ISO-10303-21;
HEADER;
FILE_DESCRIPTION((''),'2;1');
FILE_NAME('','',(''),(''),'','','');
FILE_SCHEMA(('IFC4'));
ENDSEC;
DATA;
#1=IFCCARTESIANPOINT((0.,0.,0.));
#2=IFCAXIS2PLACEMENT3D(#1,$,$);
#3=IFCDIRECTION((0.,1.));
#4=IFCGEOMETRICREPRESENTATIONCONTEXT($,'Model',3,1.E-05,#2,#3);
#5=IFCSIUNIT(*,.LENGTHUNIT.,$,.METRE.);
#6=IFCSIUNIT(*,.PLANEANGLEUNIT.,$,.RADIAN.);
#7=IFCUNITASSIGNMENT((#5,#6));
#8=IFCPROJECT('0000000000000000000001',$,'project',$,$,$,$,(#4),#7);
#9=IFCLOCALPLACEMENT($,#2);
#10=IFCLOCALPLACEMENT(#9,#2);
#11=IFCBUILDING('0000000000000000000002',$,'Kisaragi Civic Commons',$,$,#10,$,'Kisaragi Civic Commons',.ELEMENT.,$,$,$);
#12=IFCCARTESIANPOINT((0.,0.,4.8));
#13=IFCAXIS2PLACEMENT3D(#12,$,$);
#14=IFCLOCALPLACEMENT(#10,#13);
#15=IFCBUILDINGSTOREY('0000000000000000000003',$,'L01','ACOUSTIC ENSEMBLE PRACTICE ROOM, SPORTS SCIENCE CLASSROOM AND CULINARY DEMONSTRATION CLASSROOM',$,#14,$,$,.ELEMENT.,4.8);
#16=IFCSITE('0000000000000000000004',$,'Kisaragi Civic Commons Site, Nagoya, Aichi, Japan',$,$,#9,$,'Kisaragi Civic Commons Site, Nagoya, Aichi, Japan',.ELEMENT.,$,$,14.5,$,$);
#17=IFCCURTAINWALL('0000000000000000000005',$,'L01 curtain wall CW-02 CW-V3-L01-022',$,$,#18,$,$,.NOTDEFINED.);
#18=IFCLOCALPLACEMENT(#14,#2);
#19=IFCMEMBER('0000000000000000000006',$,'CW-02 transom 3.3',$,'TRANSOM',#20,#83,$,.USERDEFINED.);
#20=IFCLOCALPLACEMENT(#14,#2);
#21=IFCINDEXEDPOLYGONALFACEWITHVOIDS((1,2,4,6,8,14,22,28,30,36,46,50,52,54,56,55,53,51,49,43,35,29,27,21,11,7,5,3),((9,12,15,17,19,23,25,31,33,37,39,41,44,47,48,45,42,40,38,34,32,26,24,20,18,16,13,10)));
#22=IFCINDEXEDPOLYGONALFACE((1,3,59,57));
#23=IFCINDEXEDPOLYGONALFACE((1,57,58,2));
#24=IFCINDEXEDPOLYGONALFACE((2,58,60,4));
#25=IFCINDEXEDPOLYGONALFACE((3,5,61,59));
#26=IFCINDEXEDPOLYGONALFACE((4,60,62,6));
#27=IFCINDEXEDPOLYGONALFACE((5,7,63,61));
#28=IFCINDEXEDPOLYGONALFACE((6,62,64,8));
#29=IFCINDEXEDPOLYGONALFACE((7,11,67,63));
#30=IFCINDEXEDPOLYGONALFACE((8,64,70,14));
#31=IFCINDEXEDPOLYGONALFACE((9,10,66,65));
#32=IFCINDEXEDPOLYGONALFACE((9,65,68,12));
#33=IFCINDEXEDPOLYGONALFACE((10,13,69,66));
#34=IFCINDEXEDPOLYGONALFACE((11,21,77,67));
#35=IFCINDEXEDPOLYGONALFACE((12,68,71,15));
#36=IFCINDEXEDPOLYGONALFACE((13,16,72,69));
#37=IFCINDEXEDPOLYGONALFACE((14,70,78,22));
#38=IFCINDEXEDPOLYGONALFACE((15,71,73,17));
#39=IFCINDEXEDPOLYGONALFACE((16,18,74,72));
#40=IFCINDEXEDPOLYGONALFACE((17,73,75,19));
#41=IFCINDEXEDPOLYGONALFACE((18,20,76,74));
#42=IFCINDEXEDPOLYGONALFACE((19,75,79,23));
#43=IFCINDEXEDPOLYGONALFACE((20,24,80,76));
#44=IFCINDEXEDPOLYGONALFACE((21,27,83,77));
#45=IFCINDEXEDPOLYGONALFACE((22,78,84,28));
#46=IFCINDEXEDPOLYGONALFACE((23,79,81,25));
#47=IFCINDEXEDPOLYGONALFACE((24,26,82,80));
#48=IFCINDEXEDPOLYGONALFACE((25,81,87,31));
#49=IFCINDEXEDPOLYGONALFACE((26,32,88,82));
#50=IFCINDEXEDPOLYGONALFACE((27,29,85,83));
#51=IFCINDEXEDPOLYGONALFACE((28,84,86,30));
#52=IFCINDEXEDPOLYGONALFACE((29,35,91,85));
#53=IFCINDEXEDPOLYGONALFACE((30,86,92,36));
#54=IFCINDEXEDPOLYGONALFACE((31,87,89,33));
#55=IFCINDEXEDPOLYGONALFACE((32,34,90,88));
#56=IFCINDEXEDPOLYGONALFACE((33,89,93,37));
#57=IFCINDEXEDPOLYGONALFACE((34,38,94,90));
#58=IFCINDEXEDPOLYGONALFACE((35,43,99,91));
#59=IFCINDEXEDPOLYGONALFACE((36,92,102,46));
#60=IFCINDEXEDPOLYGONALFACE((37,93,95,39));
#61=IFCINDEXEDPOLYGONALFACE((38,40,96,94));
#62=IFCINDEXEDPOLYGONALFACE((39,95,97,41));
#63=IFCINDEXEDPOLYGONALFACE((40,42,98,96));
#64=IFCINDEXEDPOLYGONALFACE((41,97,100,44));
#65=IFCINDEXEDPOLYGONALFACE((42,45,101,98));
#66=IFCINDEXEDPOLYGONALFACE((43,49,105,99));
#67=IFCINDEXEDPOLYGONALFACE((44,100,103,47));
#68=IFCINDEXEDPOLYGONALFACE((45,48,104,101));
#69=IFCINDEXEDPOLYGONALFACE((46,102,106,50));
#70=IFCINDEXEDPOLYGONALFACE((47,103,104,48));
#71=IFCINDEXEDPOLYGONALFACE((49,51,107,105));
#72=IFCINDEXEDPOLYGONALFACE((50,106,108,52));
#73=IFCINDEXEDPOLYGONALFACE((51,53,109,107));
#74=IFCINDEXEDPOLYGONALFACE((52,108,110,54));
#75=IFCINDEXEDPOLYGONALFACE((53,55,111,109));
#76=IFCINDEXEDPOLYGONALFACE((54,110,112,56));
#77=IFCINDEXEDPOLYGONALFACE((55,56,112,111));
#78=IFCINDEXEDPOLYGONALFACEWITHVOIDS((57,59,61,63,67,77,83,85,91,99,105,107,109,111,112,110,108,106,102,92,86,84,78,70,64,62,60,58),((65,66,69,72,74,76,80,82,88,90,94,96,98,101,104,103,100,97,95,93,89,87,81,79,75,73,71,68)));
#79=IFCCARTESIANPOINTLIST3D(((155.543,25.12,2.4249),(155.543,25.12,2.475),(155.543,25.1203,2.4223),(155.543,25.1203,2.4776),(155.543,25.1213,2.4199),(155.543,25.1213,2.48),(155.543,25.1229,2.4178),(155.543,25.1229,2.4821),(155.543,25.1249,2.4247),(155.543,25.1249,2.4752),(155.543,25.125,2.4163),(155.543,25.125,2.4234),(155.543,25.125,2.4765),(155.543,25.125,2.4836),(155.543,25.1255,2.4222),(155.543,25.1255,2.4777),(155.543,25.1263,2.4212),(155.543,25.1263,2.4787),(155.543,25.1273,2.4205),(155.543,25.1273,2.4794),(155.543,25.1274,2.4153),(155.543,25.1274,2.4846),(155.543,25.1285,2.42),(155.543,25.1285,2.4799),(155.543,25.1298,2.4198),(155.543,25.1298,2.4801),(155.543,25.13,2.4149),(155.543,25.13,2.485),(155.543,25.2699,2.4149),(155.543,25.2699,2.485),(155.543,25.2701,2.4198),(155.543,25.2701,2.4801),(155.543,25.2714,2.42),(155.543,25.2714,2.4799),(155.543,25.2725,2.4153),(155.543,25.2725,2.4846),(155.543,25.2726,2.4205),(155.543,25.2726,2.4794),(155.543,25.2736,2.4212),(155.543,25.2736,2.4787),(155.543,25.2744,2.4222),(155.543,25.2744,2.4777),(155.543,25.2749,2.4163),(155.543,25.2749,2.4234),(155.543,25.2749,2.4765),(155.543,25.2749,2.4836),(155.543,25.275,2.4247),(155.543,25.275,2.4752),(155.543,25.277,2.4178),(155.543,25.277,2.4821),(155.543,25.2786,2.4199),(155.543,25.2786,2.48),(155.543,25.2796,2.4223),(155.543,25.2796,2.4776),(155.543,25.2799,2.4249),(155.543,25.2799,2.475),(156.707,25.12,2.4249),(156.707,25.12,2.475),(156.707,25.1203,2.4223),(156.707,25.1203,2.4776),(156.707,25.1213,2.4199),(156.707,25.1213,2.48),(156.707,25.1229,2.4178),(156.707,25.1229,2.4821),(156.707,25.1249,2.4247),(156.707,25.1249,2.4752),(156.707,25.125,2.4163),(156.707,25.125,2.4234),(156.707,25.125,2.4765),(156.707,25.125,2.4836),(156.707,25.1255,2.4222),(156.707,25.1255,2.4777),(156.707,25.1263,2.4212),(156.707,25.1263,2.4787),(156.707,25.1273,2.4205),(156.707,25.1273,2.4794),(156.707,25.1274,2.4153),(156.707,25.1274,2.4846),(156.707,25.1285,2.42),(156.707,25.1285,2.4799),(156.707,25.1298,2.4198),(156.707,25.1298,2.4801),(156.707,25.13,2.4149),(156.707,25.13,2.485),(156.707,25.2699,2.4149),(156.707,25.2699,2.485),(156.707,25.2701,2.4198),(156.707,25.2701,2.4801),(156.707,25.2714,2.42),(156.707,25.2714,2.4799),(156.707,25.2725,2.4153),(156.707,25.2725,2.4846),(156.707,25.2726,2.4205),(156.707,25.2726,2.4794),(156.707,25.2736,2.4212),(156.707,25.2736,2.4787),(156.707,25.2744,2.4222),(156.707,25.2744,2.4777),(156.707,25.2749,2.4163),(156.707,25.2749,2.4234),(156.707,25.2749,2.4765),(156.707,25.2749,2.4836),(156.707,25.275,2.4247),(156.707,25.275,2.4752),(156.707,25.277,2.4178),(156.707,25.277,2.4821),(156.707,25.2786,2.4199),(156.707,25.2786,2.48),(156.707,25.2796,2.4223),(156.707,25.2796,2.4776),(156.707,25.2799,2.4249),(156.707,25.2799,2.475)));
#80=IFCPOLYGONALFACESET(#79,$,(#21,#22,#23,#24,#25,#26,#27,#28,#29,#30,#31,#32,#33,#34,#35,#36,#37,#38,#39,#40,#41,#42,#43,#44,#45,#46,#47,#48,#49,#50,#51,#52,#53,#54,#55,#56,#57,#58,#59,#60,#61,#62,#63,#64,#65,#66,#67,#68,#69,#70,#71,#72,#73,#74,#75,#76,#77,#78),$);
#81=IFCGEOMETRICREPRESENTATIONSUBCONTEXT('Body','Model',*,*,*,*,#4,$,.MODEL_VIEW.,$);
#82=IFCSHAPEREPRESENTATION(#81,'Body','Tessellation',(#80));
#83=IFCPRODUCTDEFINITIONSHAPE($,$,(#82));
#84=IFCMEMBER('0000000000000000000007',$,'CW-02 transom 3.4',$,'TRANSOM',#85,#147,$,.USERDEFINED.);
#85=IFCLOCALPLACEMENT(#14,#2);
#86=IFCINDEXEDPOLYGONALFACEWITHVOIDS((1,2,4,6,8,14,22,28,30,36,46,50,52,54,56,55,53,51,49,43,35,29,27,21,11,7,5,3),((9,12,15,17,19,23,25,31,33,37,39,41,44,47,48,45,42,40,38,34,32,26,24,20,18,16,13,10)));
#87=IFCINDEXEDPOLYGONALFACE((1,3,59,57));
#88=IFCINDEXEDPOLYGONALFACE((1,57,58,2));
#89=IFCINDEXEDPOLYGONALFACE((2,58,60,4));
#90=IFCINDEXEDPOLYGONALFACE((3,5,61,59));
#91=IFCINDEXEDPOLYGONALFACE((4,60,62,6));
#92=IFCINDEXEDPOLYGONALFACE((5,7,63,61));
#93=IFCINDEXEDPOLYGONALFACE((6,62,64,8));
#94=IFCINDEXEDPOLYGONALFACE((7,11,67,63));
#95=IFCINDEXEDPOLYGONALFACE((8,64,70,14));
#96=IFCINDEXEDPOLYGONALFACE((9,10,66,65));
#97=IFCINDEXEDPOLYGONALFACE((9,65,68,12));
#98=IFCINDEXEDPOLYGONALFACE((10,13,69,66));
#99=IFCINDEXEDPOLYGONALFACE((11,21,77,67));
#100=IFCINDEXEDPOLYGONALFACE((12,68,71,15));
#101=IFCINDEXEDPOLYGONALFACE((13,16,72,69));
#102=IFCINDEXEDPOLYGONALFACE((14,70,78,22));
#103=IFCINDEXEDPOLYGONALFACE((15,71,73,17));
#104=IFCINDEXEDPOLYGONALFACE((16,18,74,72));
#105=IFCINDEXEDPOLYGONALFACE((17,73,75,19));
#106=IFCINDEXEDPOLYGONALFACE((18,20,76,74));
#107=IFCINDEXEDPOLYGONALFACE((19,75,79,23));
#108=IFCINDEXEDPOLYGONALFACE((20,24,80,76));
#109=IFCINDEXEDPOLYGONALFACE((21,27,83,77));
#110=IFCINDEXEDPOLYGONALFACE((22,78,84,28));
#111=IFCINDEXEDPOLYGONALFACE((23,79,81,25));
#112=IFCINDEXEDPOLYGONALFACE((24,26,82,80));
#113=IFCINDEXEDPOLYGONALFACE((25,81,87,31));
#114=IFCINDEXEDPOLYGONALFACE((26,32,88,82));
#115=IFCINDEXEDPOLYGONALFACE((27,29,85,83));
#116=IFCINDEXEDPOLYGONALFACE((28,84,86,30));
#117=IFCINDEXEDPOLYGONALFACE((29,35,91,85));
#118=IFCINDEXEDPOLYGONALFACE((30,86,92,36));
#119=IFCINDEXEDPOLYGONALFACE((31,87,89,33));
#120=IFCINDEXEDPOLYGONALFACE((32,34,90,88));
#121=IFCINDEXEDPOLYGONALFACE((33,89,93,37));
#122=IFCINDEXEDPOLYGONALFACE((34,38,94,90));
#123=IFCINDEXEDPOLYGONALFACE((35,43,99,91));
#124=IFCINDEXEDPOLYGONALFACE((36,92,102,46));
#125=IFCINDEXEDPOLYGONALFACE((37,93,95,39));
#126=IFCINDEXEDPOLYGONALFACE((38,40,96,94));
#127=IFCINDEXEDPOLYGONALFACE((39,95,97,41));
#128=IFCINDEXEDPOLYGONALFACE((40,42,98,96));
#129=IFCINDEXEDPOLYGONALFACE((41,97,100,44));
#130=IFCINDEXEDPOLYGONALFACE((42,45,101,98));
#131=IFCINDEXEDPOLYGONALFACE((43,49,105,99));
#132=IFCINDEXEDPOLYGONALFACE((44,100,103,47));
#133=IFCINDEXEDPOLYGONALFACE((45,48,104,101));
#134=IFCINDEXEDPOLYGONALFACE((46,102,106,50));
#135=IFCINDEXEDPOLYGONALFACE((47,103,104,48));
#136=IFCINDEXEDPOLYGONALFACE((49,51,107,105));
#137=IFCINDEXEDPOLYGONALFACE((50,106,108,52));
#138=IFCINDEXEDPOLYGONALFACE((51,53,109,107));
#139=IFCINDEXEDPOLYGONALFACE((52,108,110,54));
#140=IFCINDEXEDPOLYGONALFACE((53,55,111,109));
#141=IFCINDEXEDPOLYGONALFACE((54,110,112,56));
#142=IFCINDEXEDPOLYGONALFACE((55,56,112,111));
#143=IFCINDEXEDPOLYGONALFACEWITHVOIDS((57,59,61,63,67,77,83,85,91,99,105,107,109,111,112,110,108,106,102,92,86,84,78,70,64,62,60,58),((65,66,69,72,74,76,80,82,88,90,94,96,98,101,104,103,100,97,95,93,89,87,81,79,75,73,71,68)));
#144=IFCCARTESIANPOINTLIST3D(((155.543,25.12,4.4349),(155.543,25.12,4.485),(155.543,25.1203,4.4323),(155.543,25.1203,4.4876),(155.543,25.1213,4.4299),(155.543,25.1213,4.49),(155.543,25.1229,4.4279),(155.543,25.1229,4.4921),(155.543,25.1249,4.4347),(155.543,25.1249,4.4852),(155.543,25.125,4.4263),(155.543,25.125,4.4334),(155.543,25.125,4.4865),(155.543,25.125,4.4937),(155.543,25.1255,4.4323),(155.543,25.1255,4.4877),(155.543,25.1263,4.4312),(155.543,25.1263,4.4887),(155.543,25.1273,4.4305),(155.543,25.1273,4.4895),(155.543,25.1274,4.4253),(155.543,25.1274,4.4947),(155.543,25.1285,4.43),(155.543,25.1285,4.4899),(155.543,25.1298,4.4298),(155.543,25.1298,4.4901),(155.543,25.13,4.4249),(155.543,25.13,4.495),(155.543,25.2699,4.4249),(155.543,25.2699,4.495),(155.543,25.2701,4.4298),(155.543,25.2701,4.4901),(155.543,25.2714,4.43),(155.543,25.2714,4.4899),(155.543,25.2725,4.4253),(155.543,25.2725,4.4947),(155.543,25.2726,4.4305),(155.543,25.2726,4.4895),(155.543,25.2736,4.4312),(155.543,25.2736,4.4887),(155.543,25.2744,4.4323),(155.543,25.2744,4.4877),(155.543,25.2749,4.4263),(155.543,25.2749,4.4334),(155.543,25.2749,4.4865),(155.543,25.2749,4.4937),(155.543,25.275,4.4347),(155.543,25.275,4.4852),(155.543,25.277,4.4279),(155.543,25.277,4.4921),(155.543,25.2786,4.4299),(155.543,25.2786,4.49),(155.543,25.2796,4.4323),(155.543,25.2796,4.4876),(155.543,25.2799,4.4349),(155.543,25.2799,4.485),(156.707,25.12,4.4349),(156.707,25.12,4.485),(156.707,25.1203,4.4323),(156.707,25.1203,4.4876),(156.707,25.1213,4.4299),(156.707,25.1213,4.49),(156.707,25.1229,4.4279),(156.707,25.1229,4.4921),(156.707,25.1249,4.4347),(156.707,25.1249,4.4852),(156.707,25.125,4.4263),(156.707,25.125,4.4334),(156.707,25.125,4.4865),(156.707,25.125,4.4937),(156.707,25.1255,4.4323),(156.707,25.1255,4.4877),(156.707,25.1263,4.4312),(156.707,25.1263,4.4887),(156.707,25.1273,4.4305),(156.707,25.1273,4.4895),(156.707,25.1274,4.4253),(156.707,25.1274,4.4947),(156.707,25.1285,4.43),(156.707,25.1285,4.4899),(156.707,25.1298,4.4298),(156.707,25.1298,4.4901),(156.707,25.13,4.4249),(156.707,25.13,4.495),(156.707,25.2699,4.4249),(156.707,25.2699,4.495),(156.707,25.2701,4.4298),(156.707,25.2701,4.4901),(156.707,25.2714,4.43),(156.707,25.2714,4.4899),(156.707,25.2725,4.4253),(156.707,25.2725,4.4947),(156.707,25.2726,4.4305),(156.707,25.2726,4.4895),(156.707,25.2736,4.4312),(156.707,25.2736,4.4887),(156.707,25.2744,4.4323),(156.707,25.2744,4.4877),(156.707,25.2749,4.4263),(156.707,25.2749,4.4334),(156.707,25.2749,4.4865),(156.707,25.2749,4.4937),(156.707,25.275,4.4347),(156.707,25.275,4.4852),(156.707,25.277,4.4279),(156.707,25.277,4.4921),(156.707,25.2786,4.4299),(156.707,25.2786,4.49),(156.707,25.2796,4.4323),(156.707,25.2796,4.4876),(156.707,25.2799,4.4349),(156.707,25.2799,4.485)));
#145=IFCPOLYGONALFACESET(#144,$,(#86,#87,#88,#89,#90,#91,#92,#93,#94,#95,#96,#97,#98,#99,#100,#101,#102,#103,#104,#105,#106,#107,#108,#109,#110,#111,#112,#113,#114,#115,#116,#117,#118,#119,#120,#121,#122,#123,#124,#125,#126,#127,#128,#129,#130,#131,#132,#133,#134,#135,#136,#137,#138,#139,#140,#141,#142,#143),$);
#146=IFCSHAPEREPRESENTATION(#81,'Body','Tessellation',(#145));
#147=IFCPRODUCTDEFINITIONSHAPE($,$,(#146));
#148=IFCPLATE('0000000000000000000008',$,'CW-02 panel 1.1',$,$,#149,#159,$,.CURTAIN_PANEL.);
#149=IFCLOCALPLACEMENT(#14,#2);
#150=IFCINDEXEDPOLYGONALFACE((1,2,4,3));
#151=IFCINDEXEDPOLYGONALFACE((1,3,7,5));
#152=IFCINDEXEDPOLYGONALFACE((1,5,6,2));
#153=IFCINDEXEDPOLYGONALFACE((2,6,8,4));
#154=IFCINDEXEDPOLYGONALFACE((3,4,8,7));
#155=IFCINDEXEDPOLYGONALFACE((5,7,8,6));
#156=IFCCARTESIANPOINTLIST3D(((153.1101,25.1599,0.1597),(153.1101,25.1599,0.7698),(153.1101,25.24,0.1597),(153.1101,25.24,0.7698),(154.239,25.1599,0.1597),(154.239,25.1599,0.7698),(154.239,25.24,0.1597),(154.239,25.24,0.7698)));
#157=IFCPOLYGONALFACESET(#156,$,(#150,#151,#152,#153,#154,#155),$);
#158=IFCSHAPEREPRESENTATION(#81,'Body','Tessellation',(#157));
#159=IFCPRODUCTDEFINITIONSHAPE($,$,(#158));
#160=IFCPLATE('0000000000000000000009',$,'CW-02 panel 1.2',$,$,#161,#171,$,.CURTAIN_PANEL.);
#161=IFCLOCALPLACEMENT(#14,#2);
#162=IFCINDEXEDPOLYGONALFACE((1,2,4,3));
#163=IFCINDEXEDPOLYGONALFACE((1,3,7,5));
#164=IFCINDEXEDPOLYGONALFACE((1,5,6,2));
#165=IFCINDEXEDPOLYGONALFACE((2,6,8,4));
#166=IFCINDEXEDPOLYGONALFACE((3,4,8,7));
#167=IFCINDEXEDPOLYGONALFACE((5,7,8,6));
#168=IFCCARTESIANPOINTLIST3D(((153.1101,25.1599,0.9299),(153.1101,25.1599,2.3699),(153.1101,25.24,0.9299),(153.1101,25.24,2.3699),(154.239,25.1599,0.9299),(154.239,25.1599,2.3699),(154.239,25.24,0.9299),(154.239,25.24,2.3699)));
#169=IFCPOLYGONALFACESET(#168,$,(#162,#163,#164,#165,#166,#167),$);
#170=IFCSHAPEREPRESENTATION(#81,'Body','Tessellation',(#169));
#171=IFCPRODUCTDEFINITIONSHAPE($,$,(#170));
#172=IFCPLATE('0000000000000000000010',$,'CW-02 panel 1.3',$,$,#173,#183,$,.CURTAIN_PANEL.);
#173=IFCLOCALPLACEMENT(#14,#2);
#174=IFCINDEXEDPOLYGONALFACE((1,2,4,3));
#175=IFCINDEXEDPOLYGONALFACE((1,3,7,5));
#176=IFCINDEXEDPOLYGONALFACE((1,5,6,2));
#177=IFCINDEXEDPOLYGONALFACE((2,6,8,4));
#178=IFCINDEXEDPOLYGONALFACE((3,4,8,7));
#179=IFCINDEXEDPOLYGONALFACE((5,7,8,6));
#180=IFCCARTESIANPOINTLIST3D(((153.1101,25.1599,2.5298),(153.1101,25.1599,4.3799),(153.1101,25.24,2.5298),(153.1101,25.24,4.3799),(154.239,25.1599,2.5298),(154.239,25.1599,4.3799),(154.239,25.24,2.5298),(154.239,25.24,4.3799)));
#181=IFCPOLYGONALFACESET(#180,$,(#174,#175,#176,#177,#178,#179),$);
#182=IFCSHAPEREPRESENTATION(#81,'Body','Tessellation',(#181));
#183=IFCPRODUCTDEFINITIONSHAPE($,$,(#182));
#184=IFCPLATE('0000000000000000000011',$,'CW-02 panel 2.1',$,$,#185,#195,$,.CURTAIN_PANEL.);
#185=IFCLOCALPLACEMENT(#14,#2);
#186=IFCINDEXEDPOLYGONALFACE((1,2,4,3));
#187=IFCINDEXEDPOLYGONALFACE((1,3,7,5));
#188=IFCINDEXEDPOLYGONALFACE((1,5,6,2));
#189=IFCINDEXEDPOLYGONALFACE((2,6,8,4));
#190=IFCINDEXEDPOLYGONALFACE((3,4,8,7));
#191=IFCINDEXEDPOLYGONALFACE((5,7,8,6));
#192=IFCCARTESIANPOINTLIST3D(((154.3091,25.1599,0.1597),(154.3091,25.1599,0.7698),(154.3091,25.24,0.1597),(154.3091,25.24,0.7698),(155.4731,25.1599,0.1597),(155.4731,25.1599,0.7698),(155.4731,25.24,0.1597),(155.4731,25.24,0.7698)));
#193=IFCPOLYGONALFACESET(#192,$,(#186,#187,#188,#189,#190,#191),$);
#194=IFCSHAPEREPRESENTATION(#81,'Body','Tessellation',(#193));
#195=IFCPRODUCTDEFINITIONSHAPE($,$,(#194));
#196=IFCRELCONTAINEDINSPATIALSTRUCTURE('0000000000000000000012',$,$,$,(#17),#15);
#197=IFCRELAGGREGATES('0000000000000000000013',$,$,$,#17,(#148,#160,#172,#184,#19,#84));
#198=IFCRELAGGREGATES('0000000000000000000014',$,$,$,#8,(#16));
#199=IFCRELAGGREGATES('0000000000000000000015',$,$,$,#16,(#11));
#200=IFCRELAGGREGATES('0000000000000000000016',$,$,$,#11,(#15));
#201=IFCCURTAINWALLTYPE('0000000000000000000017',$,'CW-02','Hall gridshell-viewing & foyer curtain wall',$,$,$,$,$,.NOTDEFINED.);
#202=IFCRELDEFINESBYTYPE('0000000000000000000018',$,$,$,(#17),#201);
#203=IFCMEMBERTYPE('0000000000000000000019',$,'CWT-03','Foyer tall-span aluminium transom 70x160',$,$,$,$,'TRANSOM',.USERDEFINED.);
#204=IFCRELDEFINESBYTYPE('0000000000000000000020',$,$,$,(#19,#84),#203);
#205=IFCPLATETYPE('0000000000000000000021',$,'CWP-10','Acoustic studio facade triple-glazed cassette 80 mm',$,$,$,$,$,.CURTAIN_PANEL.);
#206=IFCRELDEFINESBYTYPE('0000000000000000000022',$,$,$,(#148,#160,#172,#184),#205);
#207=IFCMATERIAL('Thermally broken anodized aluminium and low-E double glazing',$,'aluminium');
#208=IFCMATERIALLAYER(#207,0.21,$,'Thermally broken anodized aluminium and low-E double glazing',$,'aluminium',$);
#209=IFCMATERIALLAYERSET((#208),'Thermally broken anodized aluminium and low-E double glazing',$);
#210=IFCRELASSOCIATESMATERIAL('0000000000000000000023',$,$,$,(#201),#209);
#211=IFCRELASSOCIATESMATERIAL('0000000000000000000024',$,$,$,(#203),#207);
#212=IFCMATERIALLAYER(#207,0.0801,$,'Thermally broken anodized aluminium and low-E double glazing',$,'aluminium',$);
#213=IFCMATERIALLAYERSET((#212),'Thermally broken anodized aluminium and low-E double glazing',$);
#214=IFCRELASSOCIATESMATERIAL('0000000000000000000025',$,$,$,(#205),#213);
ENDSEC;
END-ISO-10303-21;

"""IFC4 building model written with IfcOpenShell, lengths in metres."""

from ifc_helpers import new_model, si_unit, direction, frame, origin, origin_2d, place, context, subcontext, project, spatial, rectangle, hollow_rectangle, extrude, material, layer, layer_set, material_profile, profile_set, type_object, element, aggregate, save


model = new_model("IFC4")

# Units and contexts
model_context = context("Model", 3, precision=1e-05, world=origin(), true_north=direction((0.0, 1.0)))
body_context = subcontext(model_context, "Body", "Model", "MODEL_VIEW")
ifc_project = project(units=[si_unit("LENGTHUNIT", "METRE"), si_unit("PLANEANGLEUNIT", "RADIAN")], contexts=[model_context])

# Site, building, storey
site_placement = place(None, origin())
site = spatial("IfcSite", under=ifc_project, at=site_placement, Name="Kisaragi Civic Commons Site, Nagoya, Aichi, Japan", LongName="Kisaragi Civic Commons Site, Nagoya, Aichi, Japan", CompositionType="ELEMENT", RefElevation=14.5)
building_placement = place(site_placement, origin())
building = spatial("IfcBuilding", under=site, at=building_placement, Name="Kisaragi Civic Commons", LongName="Kisaragi Civic Commons", CompositionType="ELEMENT")
storey_placement = place(building_placement, frame((0.0, 0.0, 4.8)))
storey = spatial("IfcBuildingStorey", under=building, at=storey_placement, Name="L01", Description="ACOUSTIC ENSEMBLE PRACTICE ROOM, SPORTS SCIENCE CLASSROOM AND CULINARY DEMONSTRATION CLASSROOM", CompositionType="ELEMENT", Elevation=4.8)

# Curtain wall, members, plates
ifc_material = material(Name="Thermally broken anodized aluminium and low-E double glazing", Category="aluminium")
ifc_layer_1 = layer(ifc_material, 0.21, Name="Thermally broken anodized aluminium and low-E double glazing", Category="aluminium")
ifc_layer_set_1 = layer_set([ifc_layer_1], Name="Thermally broken anodized aluminium and low-E double glazing")
curtain_wall_type = type_object("IfcCurtainWallType", Name="CW-02", Description="Hall gridshell-viewing & foyer curtain wall", PredefinedType="NOTDEFINED", material=ifc_layer_set_1)
curtain_wall_placement = place(storey_placement, origin())
curtain_wall = element("IfcCurtainWall", 1, at=curtain_wall_placement, inside=storey, type_object=curtain_wall_type, Name="L01 curtain wall CW-02 CW-V3-L01-022", PredefinedType="NOTDEFINED")
ifc_material_profile_1 = material_profile(ifc_material, hollow_rectangle(XDim=0.1599, YDim=0.0701, WallThickness=0.0049, InnerFilletRadius=0.0049, OuterFilletRadius=0.01, at=origin_2d()), Name="CWT-70x160x5", Category="aluminium")
ifc_profile_set_1 = profile_set([ifc_material_profile_1], Name="Thermally broken anodized aluminium and low-E double glazing")
member_type_1 = type_object("IfcMemberType", Name="CWT-03", Description="Foyer tall-span aluminium transom 70x160", ElementType="TRANSOM", PredefinedType="USERDEFINED", material=ifc_profile_set_1)
member_1_placement = place(storey_placement, frame((155.543, 25.2, 2.45), z_axis=(1.0, 0.0, 0.0), x_axis=(0.0, 1.0, 0.0)))
member_1 = element("IfcMember", 2, at=member_1_placement, type_object=member_type_1, Name="CW-02 transom 3.3", ObjectType="TRANSOM", PredefinedType="USERDEFINED", context=body_context, shape_type="SweptSolid", body=[
    extrude(hollow_rectangle(XDim=0.1599, YDim=0.0701, WallThickness=0.0049, InnerFilletRadius=0.0049, OuterFilletRadius=0.01, at=origin_2d()), origin(), (0.0, 0.0, 1.0), 1.1641),
])
member_2_placement = place(storey_placement, frame((155.543, 25.2, 4.46), z_axis=(1.0, 0.0, 0.0), x_axis=(0.0, 1.0, 0.0)))
member_2 = element("IfcMember", 3, at=member_2_placement, type_object=member_type_1, Name="CW-02 transom 3.4", ObjectType="TRANSOM", PredefinedType="USERDEFINED", context=body_context, shape_type="SweptSolid", body=[
    extrude(hollow_rectangle(XDim=0.1599, YDim=0.0701, WallThickness=0.0049, InnerFilletRadius=0.0049, OuterFilletRadius=0.01, at=origin_2d()), origin(), (0.0, 0.0, 1.0), 1.1641),
])
ifc_layer_2 = layer(ifc_material, 0.0801, Name="Thermally broken anodized aluminium and low-E double glazing", Category="aluminium")
ifc_layer_set_2 = layer_set([ifc_layer_2], Name="Thermally broken anodized aluminium and low-E double glazing")
plate_type = type_object("IfcPlateType", Name="CWP-10", Description="Acoustic studio facade triple-glazed cassette 80 mm", PredefinedType="CURTAIN_PANEL", material=ifc_layer_set_2)
plate_1_placement = place(storey_placement, frame((153.6746, 25.2, 0.1597), z_axis=(0.0, 0.0, 1.0), x_axis=(1.0, 0.0, 0.0)))
plate_1 = element("IfcPlate", 4, at=plate_1_placement, type_object=plate_type, Name="CW-02 panel 1.1", PredefinedType="CURTAIN_PANEL", context=body_context, shape_type="SweptSolid", body=[
    extrude(rectangle(XDim=1.1289, YDim=0.0801, at=origin_2d()), origin(), (0.0, 0.0, 1.0), 0.6101),
])
plate_2_placement = place(storey_placement, frame((153.6746, 25.2, 0.9299), z_axis=(0.0, 0.0, 1.0), x_axis=(1.0, 0.0, 0.0)))
plate_2 = element("IfcPlate", 5, at=plate_2_placement, type_object=plate_type, Name="CW-02 panel 1.2", PredefinedType="CURTAIN_PANEL", context=body_context, shape_type="SweptSolid", body=[
    extrude(rectangle(XDim=1.1289, YDim=0.0801, at=origin_2d()), origin(), (0.0, 0.0, 1.0), 1.4399),
])
plate_3_placement = place(storey_placement, frame((153.6746, 25.2, 2.5298), z_axis=(0.0, 0.0, 1.0), x_axis=(1.0, 0.0, 0.0)))
plate_3 = element("IfcPlate", 6, at=plate_3_placement, type_object=plate_type, Name="CW-02 panel 1.3", PredefinedType="CURTAIN_PANEL", context=body_context, shape_type="SweptSolid", body=[
    extrude(rectangle(XDim=1.1289, YDim=0.0801, at=origin_2d()), origin(), (0.0, 0.0, 1.0), 1.8501),
])
plate_4_placement = place(storey_placement, frame((154.8911, 25.2, 0.1597), z_axis=(0.0, 0.0, 1.0), x_axis=(1.0, 0.0, 0.0)))
plate_4 = element("IfcPlate", 7, at=plate_4_placement, type_object=plate_type, Name="CW-02 panel 2.1", PredefinedType="CURTAIN_PANEL", context=body_context, shape_type="SweptSolid", body=[
    extrude(rectangle(XDim=1.1641, YDim=0.0801, at=origin_2d()), origin(), (0.0, 0.0, 1.0), 0.6101),
])
aggregate(curtain_wall, [plate_1, plate_2, plate_3, plate_4, member_1, member_2])

save(model, "model.ifc")
